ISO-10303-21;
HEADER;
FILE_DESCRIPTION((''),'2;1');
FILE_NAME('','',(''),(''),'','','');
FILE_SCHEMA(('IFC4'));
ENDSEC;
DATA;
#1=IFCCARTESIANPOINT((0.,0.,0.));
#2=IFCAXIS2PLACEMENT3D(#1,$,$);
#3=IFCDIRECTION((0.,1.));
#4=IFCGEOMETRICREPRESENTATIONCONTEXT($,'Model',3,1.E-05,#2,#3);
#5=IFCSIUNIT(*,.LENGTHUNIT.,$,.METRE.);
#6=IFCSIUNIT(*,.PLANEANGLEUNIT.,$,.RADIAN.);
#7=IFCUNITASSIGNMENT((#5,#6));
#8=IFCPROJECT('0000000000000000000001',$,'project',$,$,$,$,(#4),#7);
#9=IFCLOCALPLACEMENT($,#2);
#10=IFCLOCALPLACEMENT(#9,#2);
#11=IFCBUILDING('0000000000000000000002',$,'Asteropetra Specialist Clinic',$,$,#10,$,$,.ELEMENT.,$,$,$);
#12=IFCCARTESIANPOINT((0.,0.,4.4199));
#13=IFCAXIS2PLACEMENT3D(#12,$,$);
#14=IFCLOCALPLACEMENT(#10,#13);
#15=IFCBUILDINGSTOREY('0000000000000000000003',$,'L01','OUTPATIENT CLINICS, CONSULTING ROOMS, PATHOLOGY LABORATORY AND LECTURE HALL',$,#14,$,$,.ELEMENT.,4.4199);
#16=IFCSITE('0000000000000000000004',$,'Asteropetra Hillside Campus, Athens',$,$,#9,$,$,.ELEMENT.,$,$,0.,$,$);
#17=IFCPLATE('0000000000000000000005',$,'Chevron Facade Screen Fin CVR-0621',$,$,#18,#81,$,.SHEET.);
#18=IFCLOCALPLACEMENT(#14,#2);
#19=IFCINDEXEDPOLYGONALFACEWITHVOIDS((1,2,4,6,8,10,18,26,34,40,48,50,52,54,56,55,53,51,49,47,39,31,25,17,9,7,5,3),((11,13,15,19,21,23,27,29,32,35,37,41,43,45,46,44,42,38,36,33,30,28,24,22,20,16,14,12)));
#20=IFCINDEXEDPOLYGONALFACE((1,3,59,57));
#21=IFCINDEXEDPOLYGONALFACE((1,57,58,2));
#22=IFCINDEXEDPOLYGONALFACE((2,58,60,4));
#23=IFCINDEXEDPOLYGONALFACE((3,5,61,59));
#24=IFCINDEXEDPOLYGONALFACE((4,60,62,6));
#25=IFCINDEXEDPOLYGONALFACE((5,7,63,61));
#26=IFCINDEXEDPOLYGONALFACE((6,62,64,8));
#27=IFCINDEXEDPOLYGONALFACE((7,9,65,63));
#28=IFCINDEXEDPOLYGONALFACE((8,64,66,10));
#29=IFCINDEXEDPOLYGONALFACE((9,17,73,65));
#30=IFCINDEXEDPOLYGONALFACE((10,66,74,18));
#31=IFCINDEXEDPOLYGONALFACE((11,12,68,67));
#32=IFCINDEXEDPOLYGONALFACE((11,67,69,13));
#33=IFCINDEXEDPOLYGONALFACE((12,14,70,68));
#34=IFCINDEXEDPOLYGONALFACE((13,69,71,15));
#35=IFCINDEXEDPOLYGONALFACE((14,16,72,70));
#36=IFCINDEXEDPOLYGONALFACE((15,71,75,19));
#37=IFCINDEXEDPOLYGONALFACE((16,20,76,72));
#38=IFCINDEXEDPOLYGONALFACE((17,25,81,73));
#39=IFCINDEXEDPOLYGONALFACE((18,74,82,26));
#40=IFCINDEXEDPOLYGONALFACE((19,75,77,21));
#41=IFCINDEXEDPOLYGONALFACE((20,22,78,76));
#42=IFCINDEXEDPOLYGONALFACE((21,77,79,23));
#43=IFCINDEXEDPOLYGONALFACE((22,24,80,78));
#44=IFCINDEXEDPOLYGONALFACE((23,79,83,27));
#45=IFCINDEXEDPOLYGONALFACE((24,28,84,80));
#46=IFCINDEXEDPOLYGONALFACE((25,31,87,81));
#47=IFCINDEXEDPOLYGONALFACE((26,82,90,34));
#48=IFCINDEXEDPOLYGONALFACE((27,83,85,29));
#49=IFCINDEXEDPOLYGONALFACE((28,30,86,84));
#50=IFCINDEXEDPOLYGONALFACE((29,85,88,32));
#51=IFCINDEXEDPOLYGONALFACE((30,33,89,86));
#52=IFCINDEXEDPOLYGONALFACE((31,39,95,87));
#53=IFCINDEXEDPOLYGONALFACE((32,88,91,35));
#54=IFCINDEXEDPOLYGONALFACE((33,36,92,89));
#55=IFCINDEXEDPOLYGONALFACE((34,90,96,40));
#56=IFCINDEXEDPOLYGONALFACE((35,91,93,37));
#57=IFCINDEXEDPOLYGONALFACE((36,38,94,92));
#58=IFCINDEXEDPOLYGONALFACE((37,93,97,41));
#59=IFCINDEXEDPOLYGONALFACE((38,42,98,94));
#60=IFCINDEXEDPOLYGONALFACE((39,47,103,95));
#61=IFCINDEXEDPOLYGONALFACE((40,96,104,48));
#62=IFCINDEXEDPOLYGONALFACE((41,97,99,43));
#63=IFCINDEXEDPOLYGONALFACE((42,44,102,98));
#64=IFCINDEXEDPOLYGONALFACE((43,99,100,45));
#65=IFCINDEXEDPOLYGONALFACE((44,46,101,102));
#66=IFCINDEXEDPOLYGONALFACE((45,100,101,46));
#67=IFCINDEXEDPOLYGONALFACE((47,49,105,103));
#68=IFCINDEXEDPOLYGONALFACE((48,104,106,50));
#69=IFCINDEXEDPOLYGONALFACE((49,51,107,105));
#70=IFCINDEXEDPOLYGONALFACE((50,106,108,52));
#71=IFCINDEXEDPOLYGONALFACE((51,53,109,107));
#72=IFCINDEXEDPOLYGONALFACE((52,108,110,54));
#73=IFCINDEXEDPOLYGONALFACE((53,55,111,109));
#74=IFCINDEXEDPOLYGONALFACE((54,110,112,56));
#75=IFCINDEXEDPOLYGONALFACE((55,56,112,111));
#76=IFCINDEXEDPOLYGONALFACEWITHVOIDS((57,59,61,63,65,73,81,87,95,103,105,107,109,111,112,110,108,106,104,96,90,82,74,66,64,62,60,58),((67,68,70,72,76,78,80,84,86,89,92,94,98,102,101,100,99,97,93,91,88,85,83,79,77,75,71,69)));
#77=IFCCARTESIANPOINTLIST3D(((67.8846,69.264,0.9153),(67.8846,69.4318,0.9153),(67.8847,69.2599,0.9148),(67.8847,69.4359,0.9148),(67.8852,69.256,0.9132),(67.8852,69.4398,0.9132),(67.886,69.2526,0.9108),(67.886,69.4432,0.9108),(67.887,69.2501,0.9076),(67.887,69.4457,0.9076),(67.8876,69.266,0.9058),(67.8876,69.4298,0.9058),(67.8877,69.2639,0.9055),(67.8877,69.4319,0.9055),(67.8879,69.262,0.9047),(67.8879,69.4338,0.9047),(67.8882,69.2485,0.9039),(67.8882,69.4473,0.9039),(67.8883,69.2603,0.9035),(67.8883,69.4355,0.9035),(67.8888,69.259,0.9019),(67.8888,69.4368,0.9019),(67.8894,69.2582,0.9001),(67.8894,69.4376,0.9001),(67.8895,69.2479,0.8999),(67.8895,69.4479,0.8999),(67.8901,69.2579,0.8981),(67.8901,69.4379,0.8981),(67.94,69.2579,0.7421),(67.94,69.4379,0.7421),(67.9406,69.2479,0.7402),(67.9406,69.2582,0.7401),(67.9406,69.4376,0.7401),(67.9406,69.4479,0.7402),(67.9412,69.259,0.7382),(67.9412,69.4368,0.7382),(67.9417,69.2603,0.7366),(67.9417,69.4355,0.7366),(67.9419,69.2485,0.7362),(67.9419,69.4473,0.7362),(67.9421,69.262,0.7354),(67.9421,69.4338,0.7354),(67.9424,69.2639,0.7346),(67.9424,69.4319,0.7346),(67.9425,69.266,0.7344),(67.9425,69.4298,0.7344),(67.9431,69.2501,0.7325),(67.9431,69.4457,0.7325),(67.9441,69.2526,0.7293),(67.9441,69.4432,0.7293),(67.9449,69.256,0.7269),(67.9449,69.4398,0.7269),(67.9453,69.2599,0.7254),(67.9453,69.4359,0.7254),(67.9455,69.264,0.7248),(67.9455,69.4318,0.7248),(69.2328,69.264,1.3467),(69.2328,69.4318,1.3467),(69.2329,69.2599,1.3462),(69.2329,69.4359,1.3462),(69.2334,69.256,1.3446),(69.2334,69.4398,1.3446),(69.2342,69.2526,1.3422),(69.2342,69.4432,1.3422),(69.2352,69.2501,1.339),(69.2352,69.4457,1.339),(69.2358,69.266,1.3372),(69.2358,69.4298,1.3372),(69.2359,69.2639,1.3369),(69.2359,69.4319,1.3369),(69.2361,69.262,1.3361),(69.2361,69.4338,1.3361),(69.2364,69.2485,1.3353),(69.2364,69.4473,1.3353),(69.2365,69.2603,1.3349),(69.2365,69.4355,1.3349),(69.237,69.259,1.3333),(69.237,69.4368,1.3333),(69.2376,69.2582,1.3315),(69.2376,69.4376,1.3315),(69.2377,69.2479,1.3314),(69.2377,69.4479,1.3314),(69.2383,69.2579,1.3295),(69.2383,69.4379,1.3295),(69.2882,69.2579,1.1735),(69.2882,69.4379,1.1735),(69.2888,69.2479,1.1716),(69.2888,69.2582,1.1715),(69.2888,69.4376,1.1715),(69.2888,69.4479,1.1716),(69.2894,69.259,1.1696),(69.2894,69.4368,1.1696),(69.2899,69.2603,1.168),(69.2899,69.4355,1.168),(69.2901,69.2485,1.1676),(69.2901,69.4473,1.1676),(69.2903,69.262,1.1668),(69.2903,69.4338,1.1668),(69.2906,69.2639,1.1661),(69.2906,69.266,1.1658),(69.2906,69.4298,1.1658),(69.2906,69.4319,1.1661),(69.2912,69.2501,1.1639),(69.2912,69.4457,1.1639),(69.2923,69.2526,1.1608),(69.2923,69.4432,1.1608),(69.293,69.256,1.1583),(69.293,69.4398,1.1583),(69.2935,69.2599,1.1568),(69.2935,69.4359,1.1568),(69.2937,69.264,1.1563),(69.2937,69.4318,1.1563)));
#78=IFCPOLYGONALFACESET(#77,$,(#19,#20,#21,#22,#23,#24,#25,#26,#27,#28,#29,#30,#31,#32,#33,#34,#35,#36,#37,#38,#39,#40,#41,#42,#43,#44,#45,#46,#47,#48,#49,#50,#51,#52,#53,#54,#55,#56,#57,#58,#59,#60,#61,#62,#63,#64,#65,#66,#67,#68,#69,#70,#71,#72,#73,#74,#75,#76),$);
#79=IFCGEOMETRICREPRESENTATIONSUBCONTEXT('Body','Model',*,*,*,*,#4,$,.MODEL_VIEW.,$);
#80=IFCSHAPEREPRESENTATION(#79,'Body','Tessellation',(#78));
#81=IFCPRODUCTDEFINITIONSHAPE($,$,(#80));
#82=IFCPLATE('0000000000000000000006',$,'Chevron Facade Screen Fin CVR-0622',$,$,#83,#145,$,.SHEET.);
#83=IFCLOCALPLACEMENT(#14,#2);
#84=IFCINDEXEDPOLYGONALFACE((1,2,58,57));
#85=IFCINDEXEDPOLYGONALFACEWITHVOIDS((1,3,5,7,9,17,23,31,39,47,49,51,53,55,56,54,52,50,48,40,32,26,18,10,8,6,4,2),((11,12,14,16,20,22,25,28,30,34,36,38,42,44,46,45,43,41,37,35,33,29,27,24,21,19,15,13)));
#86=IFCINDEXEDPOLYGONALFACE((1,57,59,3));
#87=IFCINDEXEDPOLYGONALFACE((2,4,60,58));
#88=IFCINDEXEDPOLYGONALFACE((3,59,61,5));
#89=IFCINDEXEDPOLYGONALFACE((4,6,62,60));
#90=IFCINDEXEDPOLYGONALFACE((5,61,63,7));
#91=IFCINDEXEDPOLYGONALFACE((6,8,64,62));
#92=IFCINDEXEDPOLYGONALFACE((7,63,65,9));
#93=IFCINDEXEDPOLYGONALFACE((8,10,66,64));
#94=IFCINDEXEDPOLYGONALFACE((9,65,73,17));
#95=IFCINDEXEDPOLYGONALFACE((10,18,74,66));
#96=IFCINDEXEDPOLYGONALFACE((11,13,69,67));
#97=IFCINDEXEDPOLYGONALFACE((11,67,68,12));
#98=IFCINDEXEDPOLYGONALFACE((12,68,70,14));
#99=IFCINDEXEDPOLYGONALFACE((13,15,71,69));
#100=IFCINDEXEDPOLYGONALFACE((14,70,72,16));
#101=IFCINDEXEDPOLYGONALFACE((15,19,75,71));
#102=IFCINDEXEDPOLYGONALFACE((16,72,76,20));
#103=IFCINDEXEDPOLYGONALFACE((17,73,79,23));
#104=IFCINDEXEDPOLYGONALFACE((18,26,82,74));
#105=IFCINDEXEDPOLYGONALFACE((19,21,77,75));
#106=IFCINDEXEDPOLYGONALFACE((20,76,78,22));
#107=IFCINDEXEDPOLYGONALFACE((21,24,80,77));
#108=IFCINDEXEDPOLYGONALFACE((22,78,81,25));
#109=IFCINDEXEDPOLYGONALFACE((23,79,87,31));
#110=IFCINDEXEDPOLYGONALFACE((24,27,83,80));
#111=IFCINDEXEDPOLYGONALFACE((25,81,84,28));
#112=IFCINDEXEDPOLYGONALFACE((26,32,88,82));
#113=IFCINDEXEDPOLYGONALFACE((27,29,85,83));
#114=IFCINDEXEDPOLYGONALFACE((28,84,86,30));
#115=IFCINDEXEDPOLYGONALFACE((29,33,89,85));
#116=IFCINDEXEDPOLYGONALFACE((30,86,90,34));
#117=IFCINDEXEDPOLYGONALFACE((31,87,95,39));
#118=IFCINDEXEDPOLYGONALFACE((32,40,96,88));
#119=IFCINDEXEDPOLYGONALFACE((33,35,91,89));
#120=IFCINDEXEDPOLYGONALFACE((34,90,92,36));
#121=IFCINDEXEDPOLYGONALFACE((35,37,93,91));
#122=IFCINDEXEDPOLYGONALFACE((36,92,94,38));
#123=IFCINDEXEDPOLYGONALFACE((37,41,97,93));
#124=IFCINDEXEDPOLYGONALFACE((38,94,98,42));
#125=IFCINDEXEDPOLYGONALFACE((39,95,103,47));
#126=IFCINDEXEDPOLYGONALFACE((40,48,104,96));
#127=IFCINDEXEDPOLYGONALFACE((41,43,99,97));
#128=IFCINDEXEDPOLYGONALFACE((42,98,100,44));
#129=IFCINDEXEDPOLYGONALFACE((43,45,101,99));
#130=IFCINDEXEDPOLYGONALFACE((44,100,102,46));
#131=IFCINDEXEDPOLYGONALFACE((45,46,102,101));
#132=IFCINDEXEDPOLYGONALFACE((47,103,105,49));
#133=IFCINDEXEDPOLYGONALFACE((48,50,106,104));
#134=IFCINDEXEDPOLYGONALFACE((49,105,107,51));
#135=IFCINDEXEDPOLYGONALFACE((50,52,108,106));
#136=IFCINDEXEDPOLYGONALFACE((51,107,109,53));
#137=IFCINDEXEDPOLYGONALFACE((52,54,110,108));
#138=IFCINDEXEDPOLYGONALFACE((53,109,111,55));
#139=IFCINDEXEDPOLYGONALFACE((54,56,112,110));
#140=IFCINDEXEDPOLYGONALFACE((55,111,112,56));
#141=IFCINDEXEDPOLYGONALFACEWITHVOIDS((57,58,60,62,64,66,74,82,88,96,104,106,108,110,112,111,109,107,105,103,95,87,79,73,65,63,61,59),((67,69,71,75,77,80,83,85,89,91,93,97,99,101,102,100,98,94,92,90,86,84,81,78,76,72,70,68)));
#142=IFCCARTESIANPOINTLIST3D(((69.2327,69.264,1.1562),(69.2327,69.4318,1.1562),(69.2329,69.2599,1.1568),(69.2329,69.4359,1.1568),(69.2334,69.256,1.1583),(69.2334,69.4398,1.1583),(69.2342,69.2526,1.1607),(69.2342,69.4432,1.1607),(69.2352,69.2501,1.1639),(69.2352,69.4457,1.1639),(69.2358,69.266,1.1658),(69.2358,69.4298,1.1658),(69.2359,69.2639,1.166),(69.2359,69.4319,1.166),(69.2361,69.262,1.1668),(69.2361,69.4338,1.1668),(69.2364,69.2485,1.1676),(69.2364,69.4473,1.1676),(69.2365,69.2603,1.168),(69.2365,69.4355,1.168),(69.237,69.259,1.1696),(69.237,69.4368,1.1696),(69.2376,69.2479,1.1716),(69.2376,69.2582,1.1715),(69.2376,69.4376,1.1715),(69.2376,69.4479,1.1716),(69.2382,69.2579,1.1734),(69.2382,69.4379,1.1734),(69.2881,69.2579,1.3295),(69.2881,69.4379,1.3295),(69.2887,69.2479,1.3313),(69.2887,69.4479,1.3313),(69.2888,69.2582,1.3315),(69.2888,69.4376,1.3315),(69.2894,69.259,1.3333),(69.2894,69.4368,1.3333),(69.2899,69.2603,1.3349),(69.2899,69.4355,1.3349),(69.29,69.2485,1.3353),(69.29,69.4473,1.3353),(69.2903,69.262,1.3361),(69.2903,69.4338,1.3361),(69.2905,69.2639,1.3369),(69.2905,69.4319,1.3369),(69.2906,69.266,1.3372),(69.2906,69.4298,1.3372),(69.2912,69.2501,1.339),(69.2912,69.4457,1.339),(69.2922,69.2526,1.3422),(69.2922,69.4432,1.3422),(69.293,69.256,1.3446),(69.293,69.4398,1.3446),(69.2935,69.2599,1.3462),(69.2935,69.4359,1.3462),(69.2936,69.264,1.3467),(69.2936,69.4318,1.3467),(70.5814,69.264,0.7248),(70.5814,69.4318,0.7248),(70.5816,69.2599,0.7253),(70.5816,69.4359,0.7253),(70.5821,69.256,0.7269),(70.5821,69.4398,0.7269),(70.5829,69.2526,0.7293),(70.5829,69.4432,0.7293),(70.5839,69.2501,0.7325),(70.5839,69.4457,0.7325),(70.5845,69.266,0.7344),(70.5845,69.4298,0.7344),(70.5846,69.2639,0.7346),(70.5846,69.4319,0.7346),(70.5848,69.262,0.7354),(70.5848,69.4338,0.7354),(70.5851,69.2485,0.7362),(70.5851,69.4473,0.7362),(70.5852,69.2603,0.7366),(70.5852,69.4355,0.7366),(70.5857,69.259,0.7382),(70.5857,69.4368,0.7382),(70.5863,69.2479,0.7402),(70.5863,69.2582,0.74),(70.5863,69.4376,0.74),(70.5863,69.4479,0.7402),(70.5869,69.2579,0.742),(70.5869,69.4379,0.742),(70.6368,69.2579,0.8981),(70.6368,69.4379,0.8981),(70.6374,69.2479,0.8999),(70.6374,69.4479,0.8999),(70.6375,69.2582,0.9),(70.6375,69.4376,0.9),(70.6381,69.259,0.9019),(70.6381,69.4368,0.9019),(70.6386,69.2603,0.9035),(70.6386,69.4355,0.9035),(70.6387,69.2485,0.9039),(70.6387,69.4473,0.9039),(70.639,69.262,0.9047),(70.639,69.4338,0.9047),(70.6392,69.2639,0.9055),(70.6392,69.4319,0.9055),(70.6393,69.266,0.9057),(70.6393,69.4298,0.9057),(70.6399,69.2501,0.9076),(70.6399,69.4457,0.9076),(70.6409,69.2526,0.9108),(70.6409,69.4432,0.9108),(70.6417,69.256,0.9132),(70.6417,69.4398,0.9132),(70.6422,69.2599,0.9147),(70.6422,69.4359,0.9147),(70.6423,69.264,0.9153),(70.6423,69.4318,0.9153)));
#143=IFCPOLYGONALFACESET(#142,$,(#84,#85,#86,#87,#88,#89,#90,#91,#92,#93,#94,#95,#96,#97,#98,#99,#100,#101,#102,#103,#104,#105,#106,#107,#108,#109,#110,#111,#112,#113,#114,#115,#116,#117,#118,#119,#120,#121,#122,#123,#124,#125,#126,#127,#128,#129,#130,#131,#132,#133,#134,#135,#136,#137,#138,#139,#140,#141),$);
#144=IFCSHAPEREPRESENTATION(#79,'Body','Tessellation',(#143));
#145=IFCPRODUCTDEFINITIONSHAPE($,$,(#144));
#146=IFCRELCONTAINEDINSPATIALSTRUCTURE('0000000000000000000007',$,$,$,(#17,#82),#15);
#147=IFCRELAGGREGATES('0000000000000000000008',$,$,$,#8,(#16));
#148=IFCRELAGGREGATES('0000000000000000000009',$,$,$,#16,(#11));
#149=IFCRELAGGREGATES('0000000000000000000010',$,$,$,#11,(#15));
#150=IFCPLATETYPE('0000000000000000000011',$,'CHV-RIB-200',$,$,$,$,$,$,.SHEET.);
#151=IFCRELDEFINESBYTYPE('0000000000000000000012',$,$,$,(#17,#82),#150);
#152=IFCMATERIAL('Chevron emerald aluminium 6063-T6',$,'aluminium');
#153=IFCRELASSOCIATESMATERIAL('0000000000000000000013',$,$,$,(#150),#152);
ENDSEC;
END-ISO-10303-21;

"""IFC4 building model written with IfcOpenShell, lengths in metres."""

from ifc_helpers import new_model, si_unit, direction, frame, origin, origin_2d, place, context, subcontext, project, spatial, hollow_rectangle, extrude, material, material_profile, profile_set, type_object, element, save


model = new_model("IFC4")

# Units and contexts
model_context = context("Model", 3, precision=1e-05, world=origin(), true_north=direction((0.0, 1.0)))
body_context = subcontext(model_context, "Body", "Model", "MODEL_VIEW")
ifc_project = project(units=[si_unit("LENGTHUNIT", "METRE"), si_unit("PLANEANGLEUNIT", "RADIAN")], contexts=[model_context])

# Site, building, storey
site_placement = place(None, origin())
site = spatial("IfcSite", under=ifc_project, at=site_placement, Name="Asteropetra Hillside Campus, Athens", CompositionType="ELEMENT", RefElevation=0.0)
building_placement = place(site_placement, origin())
building = spatial("IfcBuilding", under=site, at=building_placement, Name="Asteropetra Specialist Clinic", CompositionType="ELEMENT")
storey_placement = place(building_placement, frame((0.0, 0.0, 4.4199)))
storey = spatial("IfcBuildingStorey", under=building, at=storey_placement, Name="L01", Description="OUTPATIENT CLINICS, CONSULTING ROOMS, PATHOLOGY LABORATORY AND LECTURE HALL", CompositionType="ELEMENT", Elevation=4.4199)

# Plates
ifc_material_1 = material(Name="Chevron emerald aluminium 6063-T6", Category="aluminium")
ifc_material_profile_1 = material_profile(ifc_material_1, hollow_rectangle(XDim=0.2, YDim=0.2, WallThickness=0.01, InnerFilletRadius=0.0081, OuterFilletRadius=0.0161, at=origin_2d()), Name="SHS 200x200x10.0")
ifc_profile_set_1 = profile_set([ifc_material_profile_1], Name="Chevron emerald aluminium 6063-T6")
plate_type_1 = type_object("IfcPlateType", Name="CHV-RIB-200", PredefinedType="SHEET", material=ifc_profile_set_1)
plate_1_placement = place(storey_placement, frame((67.915, 69.3479, 0.8201), z_axis=(0.952426, 0.0, 0.304769), x_axis=(0.0, 1.0, 0.0)))
element("IfcPlate", 1, at=plate_1_placement, inside=storey, type_object=plate_type_1, Name="Chevron Facade Screen Fin CVR-0621", PredefinedType="SHEET", context=body_context, shape_type="SweptSolid", body=[
    extrude(hollow_rectangle(XDim=0.2, YDim=0.2, WallThickness=0.01, InnerFilletRadius=0.0081, OuterFilletRadius=0.0161, at=origin_2d()), origin(), (0.0, 0.0, 1.0), 1.4155),
])
plate_2_placement = place(storey_placement, frame((69.2632, 69.3479, 1.2515), z_axis=(0.952458, 0.0, -0.304669), x_axis=(0.0, 1.0, 0.0)))
element("IfcPlate", 2, at=plate_2_placement, inside=storey, type_object=plate_type_1, Name="Chevron Facade Screen Fin CVR-0622", PredefinedType="SHEET", context=body_context, shape_type="SweptSolid", body=[
    extrude(hollow_rectangle(XDim=0.2, YDim=0.2, WallThickness=0.01, InnerFilletRadius=0.0081, OuterFilletRadius=0.0161, at=origin_2d()), origin(), (0.0, 0.0, 1.0), 1.416),
])

save(model, "model.ifc")
